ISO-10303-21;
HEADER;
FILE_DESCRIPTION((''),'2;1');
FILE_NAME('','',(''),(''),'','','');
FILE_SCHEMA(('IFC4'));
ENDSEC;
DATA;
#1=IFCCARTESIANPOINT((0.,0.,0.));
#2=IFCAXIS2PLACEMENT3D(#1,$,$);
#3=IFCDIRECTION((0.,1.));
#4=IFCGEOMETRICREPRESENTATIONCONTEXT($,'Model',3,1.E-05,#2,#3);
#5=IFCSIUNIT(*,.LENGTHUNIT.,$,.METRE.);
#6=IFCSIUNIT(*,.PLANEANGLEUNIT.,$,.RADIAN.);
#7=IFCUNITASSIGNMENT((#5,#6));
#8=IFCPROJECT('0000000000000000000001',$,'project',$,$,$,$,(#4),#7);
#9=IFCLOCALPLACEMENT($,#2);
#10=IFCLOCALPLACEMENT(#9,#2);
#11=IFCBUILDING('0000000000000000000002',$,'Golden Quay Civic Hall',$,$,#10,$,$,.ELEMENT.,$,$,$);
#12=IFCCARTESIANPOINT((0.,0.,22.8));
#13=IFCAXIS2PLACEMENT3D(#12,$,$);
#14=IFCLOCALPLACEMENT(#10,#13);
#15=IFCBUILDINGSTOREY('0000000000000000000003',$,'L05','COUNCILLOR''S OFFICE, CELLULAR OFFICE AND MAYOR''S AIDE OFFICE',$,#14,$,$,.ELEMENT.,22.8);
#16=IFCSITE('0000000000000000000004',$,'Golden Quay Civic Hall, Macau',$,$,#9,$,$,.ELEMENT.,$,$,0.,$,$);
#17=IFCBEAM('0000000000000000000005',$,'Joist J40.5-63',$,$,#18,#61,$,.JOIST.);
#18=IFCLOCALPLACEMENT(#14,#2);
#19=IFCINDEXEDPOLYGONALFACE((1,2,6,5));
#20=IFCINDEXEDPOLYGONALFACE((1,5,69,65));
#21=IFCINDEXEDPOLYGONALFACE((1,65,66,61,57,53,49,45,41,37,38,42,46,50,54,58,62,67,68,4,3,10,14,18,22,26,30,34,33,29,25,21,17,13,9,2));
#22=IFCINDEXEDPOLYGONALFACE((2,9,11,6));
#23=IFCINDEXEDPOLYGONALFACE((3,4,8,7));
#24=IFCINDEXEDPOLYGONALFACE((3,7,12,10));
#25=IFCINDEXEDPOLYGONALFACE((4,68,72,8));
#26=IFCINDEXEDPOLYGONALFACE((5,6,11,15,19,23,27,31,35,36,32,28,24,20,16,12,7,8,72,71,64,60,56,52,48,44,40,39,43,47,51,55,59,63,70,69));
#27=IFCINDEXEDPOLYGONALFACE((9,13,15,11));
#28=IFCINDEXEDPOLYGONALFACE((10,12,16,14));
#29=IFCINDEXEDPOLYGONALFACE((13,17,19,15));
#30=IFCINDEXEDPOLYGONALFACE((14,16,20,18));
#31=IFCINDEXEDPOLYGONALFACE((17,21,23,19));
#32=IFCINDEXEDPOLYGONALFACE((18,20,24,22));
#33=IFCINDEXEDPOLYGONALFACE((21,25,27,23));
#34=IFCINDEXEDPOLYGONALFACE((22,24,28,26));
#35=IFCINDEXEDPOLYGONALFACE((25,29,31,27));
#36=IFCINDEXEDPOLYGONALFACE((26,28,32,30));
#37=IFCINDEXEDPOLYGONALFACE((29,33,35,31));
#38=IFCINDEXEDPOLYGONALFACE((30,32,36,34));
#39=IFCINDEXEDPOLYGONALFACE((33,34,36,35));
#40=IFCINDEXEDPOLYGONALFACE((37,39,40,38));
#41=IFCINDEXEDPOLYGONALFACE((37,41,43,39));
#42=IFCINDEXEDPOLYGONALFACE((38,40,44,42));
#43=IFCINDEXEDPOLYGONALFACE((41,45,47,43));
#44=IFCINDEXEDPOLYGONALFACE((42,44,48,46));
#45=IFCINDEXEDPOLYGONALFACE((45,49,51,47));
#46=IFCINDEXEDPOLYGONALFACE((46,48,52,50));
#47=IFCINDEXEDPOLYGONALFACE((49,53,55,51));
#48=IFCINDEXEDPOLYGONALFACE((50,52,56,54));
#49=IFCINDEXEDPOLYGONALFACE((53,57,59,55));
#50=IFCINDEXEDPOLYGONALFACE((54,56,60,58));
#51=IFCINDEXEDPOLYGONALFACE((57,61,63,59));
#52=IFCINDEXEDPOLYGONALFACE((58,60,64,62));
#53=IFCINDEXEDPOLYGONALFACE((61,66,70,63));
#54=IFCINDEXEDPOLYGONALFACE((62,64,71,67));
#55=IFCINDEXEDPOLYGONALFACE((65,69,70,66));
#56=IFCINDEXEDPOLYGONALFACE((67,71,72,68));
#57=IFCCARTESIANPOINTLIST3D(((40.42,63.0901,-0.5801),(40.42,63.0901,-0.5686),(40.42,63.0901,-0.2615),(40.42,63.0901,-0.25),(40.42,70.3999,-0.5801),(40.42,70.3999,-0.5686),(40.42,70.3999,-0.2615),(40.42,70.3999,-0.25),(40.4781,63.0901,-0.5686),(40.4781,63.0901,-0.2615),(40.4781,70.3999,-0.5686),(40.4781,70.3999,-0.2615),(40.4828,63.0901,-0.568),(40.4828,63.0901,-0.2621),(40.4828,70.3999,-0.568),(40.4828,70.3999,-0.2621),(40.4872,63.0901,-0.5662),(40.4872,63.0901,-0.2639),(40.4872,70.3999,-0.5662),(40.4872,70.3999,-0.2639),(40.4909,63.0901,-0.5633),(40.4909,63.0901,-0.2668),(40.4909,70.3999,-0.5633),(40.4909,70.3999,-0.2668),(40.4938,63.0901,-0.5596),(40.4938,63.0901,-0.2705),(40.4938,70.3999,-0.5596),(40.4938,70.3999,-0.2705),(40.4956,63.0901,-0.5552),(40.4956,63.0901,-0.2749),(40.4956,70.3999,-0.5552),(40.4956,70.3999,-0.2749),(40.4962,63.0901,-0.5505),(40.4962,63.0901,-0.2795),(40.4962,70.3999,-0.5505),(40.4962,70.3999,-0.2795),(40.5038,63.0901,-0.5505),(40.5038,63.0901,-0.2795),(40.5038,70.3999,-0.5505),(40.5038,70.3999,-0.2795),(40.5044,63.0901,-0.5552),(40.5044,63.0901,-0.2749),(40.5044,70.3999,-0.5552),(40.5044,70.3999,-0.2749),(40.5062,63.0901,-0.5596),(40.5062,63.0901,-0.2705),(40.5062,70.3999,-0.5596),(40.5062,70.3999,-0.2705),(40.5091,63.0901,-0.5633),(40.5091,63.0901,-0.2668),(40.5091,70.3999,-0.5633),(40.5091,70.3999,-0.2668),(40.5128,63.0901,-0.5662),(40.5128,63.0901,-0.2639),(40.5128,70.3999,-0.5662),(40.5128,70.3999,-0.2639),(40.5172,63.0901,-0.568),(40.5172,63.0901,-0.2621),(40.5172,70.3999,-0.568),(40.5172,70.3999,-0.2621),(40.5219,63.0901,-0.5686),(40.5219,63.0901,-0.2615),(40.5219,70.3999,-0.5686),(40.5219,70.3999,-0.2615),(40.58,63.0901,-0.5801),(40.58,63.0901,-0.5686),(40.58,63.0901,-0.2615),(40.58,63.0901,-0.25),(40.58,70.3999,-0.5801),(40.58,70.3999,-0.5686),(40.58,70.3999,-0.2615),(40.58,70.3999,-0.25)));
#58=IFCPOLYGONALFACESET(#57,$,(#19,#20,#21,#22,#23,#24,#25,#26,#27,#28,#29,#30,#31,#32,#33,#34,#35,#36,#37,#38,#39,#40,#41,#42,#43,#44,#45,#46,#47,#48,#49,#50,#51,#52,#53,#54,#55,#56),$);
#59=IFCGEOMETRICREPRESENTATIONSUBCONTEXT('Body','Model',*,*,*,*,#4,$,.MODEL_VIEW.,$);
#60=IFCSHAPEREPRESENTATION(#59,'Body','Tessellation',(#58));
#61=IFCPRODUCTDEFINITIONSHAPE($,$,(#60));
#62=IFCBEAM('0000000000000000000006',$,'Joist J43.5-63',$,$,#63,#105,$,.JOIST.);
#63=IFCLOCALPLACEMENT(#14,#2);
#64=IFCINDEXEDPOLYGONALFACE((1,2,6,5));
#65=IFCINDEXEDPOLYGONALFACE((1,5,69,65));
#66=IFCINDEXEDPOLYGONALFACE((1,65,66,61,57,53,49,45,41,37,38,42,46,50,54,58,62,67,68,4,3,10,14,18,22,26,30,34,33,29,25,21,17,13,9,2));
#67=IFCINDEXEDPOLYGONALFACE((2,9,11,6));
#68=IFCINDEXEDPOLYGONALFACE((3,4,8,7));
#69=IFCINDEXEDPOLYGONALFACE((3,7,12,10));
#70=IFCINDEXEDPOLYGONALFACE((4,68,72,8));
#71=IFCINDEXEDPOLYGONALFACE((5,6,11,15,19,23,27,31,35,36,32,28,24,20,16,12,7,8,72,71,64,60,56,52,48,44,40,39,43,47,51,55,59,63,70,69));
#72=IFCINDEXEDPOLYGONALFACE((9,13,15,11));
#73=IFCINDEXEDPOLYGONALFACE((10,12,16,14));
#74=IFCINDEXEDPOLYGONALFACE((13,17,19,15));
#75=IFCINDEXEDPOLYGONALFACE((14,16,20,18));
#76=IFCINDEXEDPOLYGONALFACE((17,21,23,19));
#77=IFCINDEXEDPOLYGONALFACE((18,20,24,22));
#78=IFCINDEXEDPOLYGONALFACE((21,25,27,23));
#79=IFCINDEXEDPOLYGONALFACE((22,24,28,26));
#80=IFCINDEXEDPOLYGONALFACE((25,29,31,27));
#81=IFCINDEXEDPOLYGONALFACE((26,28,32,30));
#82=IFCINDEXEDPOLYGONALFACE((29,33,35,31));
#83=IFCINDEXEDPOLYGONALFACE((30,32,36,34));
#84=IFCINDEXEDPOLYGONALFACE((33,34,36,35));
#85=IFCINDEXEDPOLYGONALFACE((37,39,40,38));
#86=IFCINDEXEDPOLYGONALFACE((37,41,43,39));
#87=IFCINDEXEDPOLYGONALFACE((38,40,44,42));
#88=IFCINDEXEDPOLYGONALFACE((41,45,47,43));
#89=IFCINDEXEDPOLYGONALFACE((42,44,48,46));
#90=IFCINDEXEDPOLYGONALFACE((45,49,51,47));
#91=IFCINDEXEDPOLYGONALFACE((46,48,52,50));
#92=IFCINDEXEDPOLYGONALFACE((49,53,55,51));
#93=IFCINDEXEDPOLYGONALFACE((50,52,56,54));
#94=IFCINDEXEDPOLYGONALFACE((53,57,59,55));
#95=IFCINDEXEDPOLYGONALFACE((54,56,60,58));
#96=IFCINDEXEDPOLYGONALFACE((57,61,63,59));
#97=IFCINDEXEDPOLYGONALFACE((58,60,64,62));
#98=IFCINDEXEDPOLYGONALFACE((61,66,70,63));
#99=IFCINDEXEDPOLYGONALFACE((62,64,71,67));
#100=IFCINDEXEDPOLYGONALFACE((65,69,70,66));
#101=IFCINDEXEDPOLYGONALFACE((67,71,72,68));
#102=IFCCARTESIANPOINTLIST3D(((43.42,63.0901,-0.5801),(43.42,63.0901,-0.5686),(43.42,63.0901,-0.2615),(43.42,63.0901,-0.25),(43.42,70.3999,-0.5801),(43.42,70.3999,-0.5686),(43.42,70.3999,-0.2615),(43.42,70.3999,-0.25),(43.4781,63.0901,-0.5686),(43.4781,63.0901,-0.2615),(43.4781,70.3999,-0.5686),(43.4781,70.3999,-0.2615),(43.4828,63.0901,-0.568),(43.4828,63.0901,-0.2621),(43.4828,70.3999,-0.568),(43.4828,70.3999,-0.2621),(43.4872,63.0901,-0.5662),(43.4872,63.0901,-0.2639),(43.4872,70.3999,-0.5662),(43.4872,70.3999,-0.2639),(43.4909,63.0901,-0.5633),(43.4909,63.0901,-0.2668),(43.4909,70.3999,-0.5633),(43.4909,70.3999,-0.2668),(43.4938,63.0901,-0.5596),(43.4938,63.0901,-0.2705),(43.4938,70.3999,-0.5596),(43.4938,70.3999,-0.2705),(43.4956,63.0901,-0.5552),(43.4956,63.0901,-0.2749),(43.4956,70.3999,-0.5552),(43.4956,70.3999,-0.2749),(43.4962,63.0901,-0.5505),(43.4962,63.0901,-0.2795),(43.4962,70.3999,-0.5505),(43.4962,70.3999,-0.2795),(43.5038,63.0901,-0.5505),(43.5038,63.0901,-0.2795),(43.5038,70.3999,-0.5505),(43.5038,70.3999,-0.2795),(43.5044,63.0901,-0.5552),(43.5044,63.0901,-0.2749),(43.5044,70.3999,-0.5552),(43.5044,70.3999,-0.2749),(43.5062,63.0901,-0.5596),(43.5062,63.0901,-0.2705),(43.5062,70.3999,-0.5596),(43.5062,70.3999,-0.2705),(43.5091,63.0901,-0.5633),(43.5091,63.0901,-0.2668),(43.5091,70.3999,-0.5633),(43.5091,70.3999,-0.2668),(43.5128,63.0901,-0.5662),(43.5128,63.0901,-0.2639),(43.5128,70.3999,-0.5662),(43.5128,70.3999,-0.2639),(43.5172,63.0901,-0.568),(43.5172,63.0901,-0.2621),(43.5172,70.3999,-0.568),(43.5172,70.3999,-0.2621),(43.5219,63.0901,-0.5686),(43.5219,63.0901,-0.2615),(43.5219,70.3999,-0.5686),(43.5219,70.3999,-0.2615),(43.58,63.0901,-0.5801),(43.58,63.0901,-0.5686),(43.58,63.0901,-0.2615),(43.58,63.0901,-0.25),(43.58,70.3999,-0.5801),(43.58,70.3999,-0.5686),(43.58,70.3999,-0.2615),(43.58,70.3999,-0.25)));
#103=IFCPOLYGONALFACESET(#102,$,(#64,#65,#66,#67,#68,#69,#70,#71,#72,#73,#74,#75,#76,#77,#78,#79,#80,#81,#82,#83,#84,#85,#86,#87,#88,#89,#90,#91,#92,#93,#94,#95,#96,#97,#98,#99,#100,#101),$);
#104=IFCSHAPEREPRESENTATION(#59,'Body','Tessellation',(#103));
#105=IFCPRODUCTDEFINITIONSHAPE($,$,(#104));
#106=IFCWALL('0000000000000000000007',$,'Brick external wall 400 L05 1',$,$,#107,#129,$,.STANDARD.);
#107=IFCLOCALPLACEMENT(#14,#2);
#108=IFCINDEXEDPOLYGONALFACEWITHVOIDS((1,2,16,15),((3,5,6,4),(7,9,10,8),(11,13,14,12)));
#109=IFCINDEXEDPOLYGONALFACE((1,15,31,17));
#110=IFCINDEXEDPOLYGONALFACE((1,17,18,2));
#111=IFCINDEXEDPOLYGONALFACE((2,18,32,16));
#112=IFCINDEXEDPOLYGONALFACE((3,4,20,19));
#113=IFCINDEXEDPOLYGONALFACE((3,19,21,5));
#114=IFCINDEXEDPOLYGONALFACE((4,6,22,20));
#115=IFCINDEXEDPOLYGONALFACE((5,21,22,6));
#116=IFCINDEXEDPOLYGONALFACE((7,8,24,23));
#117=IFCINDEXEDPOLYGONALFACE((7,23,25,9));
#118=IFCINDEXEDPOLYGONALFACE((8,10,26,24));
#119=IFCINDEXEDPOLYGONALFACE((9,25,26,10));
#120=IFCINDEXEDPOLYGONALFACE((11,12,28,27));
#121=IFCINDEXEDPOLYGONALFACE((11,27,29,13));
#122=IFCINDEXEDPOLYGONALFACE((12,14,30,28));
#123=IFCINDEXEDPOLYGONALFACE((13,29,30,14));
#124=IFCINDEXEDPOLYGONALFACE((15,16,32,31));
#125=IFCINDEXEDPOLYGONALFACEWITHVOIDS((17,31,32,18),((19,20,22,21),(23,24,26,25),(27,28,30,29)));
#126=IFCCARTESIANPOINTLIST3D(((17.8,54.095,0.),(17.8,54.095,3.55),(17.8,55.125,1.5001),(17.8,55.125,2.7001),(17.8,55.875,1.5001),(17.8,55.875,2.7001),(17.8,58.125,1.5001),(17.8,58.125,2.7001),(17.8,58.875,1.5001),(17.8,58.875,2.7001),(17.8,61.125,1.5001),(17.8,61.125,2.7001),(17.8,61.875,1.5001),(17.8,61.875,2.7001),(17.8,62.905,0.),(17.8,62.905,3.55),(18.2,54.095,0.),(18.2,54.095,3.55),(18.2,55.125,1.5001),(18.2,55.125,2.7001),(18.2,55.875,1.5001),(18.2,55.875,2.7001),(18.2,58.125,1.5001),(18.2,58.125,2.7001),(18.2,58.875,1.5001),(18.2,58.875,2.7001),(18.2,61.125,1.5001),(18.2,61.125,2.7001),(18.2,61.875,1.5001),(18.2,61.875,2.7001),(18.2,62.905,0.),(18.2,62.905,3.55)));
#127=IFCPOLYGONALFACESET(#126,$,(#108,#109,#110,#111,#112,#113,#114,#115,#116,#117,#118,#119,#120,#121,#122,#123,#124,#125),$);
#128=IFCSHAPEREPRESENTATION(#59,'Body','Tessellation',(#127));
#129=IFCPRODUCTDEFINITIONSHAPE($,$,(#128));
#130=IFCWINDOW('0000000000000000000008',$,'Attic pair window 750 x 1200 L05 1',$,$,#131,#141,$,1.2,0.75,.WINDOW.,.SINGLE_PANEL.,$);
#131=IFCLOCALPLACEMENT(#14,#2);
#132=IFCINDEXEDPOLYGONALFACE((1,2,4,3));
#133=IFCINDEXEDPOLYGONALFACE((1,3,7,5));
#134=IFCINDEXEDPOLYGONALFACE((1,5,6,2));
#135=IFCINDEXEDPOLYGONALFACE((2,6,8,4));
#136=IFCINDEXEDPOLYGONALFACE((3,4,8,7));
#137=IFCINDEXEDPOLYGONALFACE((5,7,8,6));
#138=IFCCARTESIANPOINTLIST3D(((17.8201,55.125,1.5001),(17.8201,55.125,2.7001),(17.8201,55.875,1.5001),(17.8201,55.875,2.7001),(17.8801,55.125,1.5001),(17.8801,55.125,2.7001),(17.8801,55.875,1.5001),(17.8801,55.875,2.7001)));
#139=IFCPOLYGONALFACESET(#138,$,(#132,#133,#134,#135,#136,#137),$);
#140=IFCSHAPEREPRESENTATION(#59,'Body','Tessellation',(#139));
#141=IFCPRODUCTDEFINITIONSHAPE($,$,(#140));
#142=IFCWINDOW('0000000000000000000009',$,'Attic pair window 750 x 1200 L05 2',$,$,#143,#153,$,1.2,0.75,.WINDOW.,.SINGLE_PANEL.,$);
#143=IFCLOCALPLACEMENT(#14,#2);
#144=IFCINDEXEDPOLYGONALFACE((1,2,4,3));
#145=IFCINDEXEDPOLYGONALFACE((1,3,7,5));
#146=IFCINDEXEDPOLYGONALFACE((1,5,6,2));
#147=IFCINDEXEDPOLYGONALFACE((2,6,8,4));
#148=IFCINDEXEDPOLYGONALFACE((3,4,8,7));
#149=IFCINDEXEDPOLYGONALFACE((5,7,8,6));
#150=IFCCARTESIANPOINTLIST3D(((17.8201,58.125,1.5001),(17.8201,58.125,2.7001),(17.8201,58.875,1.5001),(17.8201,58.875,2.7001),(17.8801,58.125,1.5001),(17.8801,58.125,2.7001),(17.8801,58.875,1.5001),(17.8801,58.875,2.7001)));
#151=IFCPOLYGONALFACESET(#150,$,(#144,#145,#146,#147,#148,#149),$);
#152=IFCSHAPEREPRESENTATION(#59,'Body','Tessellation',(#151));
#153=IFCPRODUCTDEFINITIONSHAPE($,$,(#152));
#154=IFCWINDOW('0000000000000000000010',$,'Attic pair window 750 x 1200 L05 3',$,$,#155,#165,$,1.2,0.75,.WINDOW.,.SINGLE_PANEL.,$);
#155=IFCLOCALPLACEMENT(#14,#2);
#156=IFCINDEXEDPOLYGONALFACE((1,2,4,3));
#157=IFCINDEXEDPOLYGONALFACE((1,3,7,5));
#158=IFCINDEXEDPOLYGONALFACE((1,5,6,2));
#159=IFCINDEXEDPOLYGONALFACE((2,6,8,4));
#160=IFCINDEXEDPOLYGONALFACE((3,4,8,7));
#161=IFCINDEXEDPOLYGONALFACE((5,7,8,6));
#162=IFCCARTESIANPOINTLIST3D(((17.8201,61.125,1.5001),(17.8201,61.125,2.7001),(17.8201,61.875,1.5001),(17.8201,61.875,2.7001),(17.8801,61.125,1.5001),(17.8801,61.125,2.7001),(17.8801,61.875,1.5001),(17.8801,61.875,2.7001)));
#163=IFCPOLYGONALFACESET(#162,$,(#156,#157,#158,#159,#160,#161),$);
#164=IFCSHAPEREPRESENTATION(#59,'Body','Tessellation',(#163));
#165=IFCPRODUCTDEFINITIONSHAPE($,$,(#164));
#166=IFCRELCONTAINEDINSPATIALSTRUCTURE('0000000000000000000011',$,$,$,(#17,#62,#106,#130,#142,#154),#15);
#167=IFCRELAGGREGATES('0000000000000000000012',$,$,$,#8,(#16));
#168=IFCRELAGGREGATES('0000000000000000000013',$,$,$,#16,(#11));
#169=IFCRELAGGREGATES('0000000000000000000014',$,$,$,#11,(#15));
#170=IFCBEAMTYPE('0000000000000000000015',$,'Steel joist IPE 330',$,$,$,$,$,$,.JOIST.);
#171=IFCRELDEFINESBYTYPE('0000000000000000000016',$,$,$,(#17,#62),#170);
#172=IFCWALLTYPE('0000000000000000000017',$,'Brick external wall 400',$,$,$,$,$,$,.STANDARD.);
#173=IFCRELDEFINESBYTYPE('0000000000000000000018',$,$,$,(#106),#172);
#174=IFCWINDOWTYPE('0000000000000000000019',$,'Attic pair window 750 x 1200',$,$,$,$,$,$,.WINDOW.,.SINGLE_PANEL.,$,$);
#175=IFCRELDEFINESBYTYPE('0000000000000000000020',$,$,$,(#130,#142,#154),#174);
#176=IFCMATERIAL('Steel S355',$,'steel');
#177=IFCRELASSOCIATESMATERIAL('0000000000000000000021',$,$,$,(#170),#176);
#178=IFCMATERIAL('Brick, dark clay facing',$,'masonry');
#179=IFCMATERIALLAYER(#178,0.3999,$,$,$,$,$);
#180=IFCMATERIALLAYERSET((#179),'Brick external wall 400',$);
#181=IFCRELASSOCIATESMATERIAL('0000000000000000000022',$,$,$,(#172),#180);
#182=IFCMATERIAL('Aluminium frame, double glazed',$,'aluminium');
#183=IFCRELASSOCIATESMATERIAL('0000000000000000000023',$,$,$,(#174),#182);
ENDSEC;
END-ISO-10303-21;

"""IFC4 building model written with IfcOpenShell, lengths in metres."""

from ifc_helpers import new_model, si_unit, direction, frame, frame_2d, origin, origin_2d, place, context, subcontext, project, spatial, rectangle, i_section, extrude, material, layer, layer_set, material_profile, profile_set, type_object, element, fill, save


model = new_model("IFC4")

# Units and contexts
model_context = context("Model", 3, precision=1e-05, world=origin(), true_north=direction((0.0, 1.0)))
body_context = subcontext(model_context, "Body", "Model", "MODEL_VIEW")
ifc_project = project(units=[si_unit("LENGTHUNIT", "METRE"), si_unit("PLANEANGLEUNIT", "RADIAN")], contexts=[model_context])

# Site, building, storey
site_placement = place(None, origin())
site = spatial("IfcSite", under=ifc_project, at=site_placement, Name="Golden Quay Civic Hall, Macau", CompositionType="ELEMENT", RefElevation=0.0)
building_placement = place(site_placement, origin())
building = spatial("IfcBuilding", under=site, at=building_placement, Name="Golden Quay Civic Hall", CompositionType="ELEMENT")
storey_placement = place(building_placement, frame((0.0, 0.0, 22.8)))
storey = spatial("IfcBuildingStorey", under=building, at=storey_placement, Name="L05", Description="COUNCILLOR'S OFFICE, CELLULAR OFFICE AND MAYOR'S AIDE OFFICE", CompositionType="ELEMENT", Elevation=22.8)

# Beams
ifc_material_1 = material(Name="Steel S355", Category="steel")
ifc_material_profile_1 = material_profile(ifc_material_1, i_section(OverallWidth=0.1599, OverallDepth=0.3301, WebThickness=0.0076, FlangeThickness=0.0115, FilletRadius=0.0181, at=origin_2d()), Name="IPE 330")
ifc_profile_set_1 = profile_set([ifc_material_profile_1], Name="Steel S355")
beam_type_1 = type_object("IfcBeamType", Name="Steel joist IPE 330", PredefinedType="JOIST", material=ifc_profile_set_1)
for number, where, z_axis, x_axis, name in (
    (1, (40.5, 63.0901, -0.415), (0.0, 1.0, 0.0), (-1.0, 0.0, 0.0), "Joist J40.5-63"),
    (2, (43.5, 63.0901, -0.415), (0.0, 1.0, 0.0), (-1.0, 0.0, 0.0), "Joist J43.5-63"),
):
    element("IfcBeam", number, at=place(storey_placement, frame(where, z_axis=z_axis, x_axis=x_axis)), inside=storey, type_object=beam_type_1, Name=name, PredefinedType="JOIST", context=body_context, shape_type="SweptSolid", body=[
        extrude(i_section(OverallWidth=0.1599, OverallDepth=0.3301, WebThickness=0.0076, FlangeThickness=0.0115, FilletRadius=0.0181, at=origin_2d()), origin(), (0.0, 0.0, 1.0), 7.3098),
    ])

# Wall, openings, windows
ifc_material_2 = material(Name="Brick, dark clay facing", Category="masonry")
ifc_layer = layer(ifc_material_2, 0.3999)
ifc_layer_set = layer_set([ifc_layer], Name="Brick external wall 400")
wall_type = type_object("IfcWallType", Name="Brick external wall 400", PredefinedType="STANDARD", material=ifc_layer_set)
wall_placement = place(storey_placement, frame((18.0, 62.905, 0.0), z_axis=(0.0, 0.0, 1.0), x_axis=(0.0, -1.0, 0.0)))
wall = element("IfcWall", 3, at=wall_placement, inside=storey, type_object=wall_type, Name="Brick external wall 400 L05 1", PredefinedType="STANDARD", context=body_context, shape_type="SweptSolid", body=[
    extrude(rectangle(XDim=8.8101, YDim=0.3999, at=frame_2d((4.405, 0.0))), origin(), (0.0, 0.0, 1.0), 3.55),
])
opening_1_placement = place(wall_placement, frame((7.03, 0.0, 1.5)))
opening_1 = element("IfcOpeningElement", 4, at=opening_1_placement, cuts=wall, PredefinedType="OPENING", context=body_context, shape_type="SweptSolid", body=[
    extrude(rectangle(XDim=0.75, YDim=1.2, at=frame_2d((0.375, 0.6001))), frame((0.0, 0.21, 0.0), z_axis=(0.0, -1.0, 0.0), x_axis=(1.0, 0.0, 0.0)), (0.0, 0.0, 1.0), 0.4199),
])
opening_2_placement = place(wall_placement, frame((4.03, 0.0, 1.5)))
opening_2 = element("IfcOpeningElement", 5, at=opening_2_placement, cuts=wall, PredefinedType="OPENING", context=body_context, shape_type="SweptSolid", body=[
    extrude(rectangle(XDim=0.75, YDim=1.2, at=frame_2d((0.375, 0.6001))), frame((0.0, 0.21, 0.0), z_axis=(0.0, -1.0, 0.0), x_axis=(1.0, 0.0, 0.0)), (0.0, 0.0, 1.0), 0.4199),
])
opening_3_placement = place(wall_placement, frame((1.03, 0.0, 1.5)))
opening_3 = element("IfcOpeningElement", 6, at=opening_3_placement, cuts=wall, PredefinedType="OPENING", context=body_context, shape_type="SweptSolid", body=[
    extrude(rectangle(XDim=0.75, YDim=1.2, at=frame_2d((0.375, 0.6001))), frame((0.0, 0.21, 0.0), z_axis=(0.0, -1.0, 0.0), x_axis=(1.0, 0.0, 0.0)), (0.0, 0.0, 1.0), 0.4199),
])
ifc_material_3 = material(Name="Aluminium frame, double glazed", Category="aluminium")
window_type = type_object("IfcWindowType", Name="Attic pair window 750 x 1200", PartitioningType="SINGLE_PANEL", PredefinedType="WINDOW", material=ifc_material_3)
window_1_placement = place(opening_1_placement, origin())
window_1 = element("IfcWindow", 7, at=window_1_placement, inside=storey, type_object=window_type, Name="Attic pair window 750 x 1200 L05 1", OverallHeight=1.2, OverallWidth=0.75, PartitioningType="SINGLE_PANEL", PredefinedType="WINDOW", context=body_context, shape_type="SweptSolid", body=[
    extrude(rectangle(XDim=0.75, YDim=1.2, at=frame_2d((0.375, 0.6001))), frame((0.0, -0.1199, 0.0), z_axis=(0.0, -1.0, 0.0), x_axis=(1.0, 0.0, 0.0)), (0.0, 0.0, 1.0), 0.0601),
])
fill(opening_1, window_1)
window_2_placement = place(opening_2_placement, origin())
window_2 = element("IfcWindow", 8, at=window_2_placement, inside=storey, type_object=window_type, Name="Attic pair window 750 x 1200 L05 2", OverallHeight=1.2, OverallWidth=0.75, PartitioningType="SINGLE_PANEL", PredefinedType="WINDOW", context=body_context, shape_type="SweptSolid", body=[
    extrude(rectangle(XDim=0.75, YDim=1.2, at=frame_2d((0.375, 0.6001))), frame((0.0, -0.1199, 0.0), z_axis=(0.0, -1.0, 0.0), x_axis=(1.0, 0.0, 0.0)), (0.0, 0.0, 1.0), 0.0601),
])
fill(opening_2, window_2)
window_3_placement = place(opening_3_placement, origin())
window_3 = element("IfcWindow", 9, at=window_3_placement, inside=storey, type_object=window_type, Name="Attic pair window 750 x 1200 L05 3", OverallHeight=1.2, OverallWidth=0.75, PartitioningType="SINGLE_PANEL", PredefinedType="WINDOW", context=body_context, shape_type="SweptSolid", body=[
    extrude(rectangle(XDim=0.75, YDim=1.2, at=frame_2d((0.375, 0.6001))), frame((0.0, -0.1199, 0.0), z_axis=(0.0, -1.0, 0.0), x_axis=(1.0, 0.0, 0.0)), (0.0, 0.0, 1.0), 0.0601),
])
fill(opening_3, window_3)

save(model, "model.ifc")
